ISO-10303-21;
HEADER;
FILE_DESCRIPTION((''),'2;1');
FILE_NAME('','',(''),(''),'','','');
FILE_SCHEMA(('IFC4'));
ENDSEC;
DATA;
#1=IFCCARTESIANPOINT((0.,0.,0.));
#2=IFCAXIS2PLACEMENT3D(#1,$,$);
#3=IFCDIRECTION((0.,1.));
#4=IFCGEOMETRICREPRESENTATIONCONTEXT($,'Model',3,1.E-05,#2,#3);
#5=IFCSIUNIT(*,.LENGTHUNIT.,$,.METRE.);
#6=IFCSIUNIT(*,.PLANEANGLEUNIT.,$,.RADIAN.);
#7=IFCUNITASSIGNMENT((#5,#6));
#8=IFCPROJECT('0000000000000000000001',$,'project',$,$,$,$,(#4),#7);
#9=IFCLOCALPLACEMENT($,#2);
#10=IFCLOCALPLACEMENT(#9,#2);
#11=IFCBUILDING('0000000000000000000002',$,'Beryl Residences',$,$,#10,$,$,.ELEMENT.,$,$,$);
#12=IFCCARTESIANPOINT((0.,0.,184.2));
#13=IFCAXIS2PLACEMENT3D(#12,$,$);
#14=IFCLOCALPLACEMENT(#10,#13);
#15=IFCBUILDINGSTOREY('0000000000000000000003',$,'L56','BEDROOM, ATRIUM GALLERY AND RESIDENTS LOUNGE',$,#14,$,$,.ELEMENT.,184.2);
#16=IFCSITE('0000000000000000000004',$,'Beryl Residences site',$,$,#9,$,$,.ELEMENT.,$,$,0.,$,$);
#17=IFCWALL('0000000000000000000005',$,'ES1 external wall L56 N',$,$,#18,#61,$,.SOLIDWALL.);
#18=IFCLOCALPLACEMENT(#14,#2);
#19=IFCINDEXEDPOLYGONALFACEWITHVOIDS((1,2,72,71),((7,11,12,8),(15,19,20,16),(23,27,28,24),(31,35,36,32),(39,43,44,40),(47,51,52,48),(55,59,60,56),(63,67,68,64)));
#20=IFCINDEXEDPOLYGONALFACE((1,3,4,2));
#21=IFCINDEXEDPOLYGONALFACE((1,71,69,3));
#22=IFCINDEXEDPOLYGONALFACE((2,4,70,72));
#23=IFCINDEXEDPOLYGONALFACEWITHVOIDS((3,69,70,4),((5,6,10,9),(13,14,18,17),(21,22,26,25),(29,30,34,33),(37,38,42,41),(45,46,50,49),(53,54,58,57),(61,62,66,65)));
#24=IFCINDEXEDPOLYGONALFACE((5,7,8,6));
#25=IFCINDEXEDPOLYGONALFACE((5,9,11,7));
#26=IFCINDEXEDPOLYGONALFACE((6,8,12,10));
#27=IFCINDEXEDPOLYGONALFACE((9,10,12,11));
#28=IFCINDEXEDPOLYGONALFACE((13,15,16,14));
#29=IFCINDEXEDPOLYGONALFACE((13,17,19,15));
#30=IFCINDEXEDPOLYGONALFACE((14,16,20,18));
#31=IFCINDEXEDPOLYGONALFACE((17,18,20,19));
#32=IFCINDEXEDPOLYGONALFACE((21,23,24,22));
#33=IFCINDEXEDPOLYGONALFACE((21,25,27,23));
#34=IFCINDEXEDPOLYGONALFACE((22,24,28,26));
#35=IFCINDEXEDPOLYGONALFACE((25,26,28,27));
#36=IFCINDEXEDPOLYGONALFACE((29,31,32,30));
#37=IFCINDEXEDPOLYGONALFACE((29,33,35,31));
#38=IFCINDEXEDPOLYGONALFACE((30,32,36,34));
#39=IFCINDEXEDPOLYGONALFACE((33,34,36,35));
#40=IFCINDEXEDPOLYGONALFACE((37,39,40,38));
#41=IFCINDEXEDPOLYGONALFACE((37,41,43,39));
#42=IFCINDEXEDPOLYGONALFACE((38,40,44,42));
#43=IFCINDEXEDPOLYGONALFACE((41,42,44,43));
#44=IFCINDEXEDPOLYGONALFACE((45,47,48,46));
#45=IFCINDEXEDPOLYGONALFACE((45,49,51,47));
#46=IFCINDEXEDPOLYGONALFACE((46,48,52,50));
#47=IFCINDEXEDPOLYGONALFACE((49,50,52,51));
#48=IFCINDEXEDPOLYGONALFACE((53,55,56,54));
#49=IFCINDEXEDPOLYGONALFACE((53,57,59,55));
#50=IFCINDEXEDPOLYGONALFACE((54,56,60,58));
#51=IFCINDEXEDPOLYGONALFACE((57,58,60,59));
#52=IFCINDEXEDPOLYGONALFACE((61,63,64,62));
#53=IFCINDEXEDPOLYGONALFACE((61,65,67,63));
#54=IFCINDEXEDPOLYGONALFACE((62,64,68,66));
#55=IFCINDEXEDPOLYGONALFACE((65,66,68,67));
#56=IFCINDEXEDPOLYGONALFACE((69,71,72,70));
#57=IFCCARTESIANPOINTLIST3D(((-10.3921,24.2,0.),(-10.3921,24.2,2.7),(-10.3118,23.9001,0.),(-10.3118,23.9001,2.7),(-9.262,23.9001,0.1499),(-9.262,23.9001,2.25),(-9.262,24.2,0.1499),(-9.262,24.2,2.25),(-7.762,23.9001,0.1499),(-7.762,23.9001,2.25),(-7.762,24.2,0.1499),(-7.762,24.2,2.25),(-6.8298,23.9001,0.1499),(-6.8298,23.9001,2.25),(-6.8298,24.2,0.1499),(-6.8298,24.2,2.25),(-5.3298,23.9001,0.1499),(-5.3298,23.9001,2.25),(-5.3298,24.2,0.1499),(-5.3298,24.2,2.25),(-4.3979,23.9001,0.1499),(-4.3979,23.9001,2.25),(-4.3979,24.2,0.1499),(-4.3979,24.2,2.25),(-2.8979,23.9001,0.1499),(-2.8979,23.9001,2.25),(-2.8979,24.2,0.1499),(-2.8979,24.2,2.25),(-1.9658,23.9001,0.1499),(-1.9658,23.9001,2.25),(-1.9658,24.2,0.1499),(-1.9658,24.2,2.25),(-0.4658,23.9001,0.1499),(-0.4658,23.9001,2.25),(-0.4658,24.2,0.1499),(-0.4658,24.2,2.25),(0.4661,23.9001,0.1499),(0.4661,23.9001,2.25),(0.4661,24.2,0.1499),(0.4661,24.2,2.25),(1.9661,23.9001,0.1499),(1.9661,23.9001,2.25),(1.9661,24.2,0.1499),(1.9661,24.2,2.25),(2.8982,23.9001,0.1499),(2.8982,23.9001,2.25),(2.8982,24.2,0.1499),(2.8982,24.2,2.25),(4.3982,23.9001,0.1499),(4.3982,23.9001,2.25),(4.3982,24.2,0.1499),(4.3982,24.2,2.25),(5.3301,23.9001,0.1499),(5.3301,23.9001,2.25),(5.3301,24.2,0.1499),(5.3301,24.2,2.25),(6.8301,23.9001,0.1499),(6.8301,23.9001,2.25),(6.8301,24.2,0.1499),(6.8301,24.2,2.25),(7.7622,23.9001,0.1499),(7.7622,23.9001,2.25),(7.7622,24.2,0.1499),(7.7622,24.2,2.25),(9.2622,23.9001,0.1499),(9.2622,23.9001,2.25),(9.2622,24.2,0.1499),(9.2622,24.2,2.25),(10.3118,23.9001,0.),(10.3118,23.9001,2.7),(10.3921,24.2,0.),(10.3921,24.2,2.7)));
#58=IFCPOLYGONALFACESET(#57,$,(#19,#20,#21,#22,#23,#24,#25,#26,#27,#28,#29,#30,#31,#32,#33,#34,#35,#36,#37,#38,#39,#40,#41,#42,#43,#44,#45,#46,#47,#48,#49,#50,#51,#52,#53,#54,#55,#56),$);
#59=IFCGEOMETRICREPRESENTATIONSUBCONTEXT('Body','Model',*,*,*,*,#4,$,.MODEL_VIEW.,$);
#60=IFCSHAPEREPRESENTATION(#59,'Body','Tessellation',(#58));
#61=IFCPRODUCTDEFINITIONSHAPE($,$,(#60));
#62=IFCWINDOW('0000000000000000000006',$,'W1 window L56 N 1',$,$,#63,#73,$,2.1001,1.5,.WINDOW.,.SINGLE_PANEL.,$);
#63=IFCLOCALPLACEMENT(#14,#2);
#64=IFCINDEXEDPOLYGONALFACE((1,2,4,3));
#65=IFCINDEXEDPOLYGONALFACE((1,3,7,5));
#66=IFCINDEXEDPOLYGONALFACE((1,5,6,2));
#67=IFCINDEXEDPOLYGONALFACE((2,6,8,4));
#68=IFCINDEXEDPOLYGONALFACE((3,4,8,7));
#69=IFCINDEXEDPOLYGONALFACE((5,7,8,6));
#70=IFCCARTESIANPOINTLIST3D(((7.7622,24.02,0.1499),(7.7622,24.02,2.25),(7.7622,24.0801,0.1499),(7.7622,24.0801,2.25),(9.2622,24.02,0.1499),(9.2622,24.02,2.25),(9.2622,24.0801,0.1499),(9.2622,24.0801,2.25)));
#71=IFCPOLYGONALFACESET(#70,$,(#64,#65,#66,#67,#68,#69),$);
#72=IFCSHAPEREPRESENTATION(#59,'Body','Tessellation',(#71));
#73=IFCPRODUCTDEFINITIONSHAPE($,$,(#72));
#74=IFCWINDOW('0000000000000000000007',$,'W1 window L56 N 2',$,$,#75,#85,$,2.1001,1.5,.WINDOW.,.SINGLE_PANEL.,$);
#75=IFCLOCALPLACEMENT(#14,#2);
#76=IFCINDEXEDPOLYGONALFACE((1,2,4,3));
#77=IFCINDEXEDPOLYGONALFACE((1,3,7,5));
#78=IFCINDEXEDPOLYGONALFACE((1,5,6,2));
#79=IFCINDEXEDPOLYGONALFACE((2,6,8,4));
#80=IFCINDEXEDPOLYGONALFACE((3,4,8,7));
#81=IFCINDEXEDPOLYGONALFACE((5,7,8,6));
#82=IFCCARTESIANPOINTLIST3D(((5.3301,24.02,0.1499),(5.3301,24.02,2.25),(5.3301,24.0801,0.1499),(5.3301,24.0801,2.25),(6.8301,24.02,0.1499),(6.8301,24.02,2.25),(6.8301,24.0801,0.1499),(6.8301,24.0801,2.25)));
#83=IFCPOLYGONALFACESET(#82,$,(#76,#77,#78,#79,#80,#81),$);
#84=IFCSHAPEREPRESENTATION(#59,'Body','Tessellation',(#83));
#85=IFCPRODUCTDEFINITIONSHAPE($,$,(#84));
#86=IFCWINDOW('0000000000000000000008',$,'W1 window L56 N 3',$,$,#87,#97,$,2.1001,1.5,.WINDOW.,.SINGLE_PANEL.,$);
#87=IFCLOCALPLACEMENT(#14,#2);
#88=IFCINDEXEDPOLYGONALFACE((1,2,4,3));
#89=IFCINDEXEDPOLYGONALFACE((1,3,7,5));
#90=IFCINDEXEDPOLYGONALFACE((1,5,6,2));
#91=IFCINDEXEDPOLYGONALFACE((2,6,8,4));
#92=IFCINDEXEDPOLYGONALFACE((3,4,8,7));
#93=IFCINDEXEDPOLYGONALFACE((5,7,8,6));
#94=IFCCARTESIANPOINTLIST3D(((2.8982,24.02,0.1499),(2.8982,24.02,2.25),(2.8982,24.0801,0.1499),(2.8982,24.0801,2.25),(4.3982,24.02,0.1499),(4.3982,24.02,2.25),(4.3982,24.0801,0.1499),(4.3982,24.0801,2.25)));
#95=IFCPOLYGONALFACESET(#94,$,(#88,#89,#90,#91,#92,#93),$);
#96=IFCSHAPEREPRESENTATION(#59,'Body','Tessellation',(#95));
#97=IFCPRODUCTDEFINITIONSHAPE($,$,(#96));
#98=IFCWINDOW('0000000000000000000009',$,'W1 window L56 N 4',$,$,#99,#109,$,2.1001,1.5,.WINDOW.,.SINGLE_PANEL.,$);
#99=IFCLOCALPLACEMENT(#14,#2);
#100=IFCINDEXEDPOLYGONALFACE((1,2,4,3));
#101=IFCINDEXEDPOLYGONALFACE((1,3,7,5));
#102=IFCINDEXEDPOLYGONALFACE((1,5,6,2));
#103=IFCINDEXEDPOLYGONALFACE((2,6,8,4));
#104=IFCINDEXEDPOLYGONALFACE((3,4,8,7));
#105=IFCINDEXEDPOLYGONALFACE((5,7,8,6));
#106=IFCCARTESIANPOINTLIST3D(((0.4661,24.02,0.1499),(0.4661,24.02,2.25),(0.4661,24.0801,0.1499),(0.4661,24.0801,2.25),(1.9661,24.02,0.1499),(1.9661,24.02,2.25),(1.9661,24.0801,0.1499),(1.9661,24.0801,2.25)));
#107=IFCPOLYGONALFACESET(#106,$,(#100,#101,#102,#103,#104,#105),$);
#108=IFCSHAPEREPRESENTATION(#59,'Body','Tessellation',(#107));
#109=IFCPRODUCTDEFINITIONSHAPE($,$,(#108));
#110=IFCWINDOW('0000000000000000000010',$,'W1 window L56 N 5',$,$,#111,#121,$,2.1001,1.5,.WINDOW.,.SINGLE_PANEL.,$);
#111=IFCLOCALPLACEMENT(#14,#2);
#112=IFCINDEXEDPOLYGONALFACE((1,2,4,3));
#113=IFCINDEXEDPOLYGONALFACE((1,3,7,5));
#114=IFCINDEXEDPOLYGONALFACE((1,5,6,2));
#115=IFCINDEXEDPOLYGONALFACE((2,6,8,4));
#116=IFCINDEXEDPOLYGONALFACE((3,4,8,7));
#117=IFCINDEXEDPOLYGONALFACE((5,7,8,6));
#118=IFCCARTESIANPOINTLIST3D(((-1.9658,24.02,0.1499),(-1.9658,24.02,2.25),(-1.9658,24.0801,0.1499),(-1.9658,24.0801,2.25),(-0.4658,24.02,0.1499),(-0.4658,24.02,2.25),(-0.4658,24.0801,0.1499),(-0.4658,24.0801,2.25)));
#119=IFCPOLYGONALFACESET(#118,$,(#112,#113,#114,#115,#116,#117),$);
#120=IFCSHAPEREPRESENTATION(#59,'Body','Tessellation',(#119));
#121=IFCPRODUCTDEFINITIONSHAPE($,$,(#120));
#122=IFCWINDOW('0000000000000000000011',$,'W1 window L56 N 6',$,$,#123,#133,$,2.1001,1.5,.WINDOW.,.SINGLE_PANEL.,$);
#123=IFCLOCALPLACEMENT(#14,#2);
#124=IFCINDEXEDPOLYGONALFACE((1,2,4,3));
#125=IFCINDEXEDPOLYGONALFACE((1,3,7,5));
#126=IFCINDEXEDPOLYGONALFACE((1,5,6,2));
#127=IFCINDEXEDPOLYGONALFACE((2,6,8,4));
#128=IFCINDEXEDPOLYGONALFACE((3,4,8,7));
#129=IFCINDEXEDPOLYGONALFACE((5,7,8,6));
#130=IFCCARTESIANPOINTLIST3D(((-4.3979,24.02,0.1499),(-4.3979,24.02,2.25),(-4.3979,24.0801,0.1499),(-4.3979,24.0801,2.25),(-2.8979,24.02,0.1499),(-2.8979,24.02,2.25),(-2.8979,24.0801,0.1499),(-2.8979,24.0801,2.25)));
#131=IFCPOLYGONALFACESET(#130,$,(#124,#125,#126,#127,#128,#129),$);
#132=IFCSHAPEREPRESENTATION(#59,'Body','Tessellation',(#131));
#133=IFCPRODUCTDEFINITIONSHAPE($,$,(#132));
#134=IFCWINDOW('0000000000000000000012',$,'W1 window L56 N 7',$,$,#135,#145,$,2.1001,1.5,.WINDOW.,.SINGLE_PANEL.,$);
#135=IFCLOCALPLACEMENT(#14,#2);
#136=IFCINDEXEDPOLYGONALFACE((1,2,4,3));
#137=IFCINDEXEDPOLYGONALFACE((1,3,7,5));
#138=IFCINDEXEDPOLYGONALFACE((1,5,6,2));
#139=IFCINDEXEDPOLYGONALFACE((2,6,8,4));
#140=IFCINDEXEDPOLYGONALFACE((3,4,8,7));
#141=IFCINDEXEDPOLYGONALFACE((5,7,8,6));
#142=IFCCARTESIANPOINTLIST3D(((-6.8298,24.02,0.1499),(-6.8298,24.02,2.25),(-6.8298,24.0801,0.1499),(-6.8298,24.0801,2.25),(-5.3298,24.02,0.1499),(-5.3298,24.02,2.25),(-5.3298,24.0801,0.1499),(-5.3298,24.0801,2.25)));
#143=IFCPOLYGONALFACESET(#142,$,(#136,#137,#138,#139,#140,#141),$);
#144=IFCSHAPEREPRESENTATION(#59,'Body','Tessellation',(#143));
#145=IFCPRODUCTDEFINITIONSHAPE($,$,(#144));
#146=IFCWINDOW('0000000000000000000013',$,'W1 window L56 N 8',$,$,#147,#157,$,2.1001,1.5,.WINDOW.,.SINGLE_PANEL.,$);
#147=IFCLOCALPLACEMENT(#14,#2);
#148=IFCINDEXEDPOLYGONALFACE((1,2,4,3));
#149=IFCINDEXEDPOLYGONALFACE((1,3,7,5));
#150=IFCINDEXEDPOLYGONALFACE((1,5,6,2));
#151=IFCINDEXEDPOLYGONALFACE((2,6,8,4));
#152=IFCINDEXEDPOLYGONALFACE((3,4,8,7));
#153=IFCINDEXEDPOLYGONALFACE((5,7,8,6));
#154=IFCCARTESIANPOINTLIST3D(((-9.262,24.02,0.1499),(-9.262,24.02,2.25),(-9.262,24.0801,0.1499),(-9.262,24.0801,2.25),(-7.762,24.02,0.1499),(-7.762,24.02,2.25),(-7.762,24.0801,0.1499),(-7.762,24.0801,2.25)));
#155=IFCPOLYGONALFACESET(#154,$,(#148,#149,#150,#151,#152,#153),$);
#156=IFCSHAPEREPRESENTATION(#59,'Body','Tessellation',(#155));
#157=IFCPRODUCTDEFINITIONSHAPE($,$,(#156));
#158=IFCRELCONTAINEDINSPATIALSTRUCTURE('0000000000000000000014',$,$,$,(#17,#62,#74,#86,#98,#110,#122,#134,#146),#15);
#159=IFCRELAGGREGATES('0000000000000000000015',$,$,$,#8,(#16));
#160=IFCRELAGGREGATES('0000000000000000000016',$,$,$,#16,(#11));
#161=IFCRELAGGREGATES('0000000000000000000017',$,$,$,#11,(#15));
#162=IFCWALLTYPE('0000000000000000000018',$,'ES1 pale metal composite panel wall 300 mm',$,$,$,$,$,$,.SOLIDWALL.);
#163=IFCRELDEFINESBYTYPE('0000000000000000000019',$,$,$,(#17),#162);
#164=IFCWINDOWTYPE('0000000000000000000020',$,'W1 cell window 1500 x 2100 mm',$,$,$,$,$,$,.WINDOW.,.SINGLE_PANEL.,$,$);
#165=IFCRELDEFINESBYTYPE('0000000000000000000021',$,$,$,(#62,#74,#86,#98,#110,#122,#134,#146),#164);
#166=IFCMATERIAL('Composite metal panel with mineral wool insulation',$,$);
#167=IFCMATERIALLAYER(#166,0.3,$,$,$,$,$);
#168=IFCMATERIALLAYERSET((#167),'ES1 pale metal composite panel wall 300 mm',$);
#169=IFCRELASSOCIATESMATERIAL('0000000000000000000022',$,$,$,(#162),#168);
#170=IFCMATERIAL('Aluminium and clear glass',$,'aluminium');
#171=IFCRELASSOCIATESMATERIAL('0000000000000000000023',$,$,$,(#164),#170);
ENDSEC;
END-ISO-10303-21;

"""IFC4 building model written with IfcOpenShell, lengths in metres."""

from ifc_helpers import new_model, si_unit, direction, frame, frame_2d, origin, place, context, subcontext, project, spatial, polyline, rectangle, outline, extrude, material, layer, layer_set, type_object, element, fill, save


model = new_model("IFC4")

# Units and contexts
model_context = context("Model", 3, precision=1e-05, world=origin(), true_north=direction((0.0, 1.0)))
body_context = subcontext(model_context, "Body", "Model", "MODEL_VIEW")
ifc_project = project(units=[si_unit("LENGTHUNIT", "METRE"), si_unit("PLANEANGLEUNIT", "RADIAN")], contexts=[model_context])

# Site, building, storey
site_placement = place(None, origin())
site = spatial("IfcSite", under=ifc_project, at=site_placement, Name="Beryl Residences site", CompositionType="ELEMENT", RefElevation=0.0)
building_placement = place(site_placement, origin())
building = spatial("IfcBuilding", under=site, at=building_placement, Name="Beryl Residences", CompositionType="ELEMENT")
storey_placement = place(building_placement, frame((0.0, 0.0, 184.2)))
storey = spatial("IfcBuildingStorey", under=building, at=storey_placement, Name="L56", Description="BEDROOM, ATRIUM GALLERY AND RESIDENTS LOUNGE", CompositionType="ELEMENT", Elevation=184.2)

# Wall, openings, windows
ifc_material_1 = material(Name="Composite metal panel with mineral wool insulation")
ifc_layer_1 = layer(ifc_material_1, 0.3)
ifc_layer_set_1 = layer_set([ifc_layer_1], Name="ES1 pale metal composite panel wall 300 mm")
wall_type_1 = type_object("IfcWallType", Name="ES1 pale metal composite panel wall 300 mm", PredefinedType="SOLIDWALL", material=ifc_layer_set_1)
wall_1_placement = place(storey_placement, frame((10.3921, 24.05, 0.0), z_axis=(0.0, 0.0, 1.0), x_axis=(-1.0, 0.0, 0.0)))
wall_1 = element("IfcWall", 1, at=wall_1_placement, inside=storey, type_object=wall_type_1, Name="ES1 external wall L56 N", PredefinedType="SOLIDWALL", context=body_context, shape_type="SweptSolid", body=[
    extrude(outline(polyline([(0.0, -0.1499), (20.7842, -0.1499), (20.7039, 0.1499), (0.0803, 0.1499), (0.0, -0.1499)])), origin(), (0.0, 0.0, 1.0), 2.7),
])
opening_1_placement = place(wall_1_placement, frame((1.1299, 0.0, 0.1499)))
opening_1 = element("IfcOpeningElement", 2, at=opening_1_placement, cuts=wall_1, PredefinedType="OPENING", context=body_context, shape_type="SweptSolid", body=[
    extrude(rectangle(XDim=1.5, YDim=2.1001, at=frame_2d((0.75, 1.05))), frame((0.0, 0.1599, 0.0), z_axis=(0.0, -1.0, 0.0), x_axis=(1.0, 0.0, 0.0)), (0.0, 0.0, 1.0), 0.3201),
])
opening_2_placement = place(wall_1_placement, frame((3.562, 0.0, 0.1499)))
opening_2 = element("IfcOpeningElement", 3, at=opening_2_placement, cuts=wall_1, PredefinedType="OPENING", context=body_context, shape_type="SweptSolid", body=[
    extrude(rectangle(XDim=1.5, YDim=2.1001, at=frame_2d((0.75, 1.05))), frame((0.0, 0.1599, 0.0), z_axis=(0.0, -1.0, 0.0), x_axis=(1.0, 0.0, 0.0)), (0.0, 0.0, 1.0), 0.3201),
])
opening_3_placement = place(wall_1_placement, frame((5.9939, 0.0, 0.1499)))
opening_3 = element("IfcOpeningElement", 4, at=opening_3_placement, cuts=wall_1, PredefinedType="OPENING", context=body_context, shape_type="SweptSolid", body=[
    extrude(rectangle(XDim=1.5, YDim=2.1001, at=frame_2d((0.75, 1.05))), frame((0.0, 0.1599, 0.0), z_axis=(0.0, -1.0, 0.0), x_axis=(1.0, 0.0, 0.0)), (0.0, 0.0, 1.0), 0.3201),
])
opening_4_placement = place(wall_1_placement, frame((8.426, 0.0, 0.1499)))
opening_4 = element("IfcOpeningElement", 5, at=opening_4_placement, cuts=wall_1, PredefinedType="OPENING", context=body_context, shape_type="SweptSolid", body=[
    extrude(rectangle(XDim=1.5, YDim=2.1001, at=frame_2d((0.75, 1.05))), frame((0.0, 0.1599, 0.0), z_axis=(0.0, -1.0, 0.0), x_axis=(1.0, 0.0, 0.0)), (0.0, 0.0, 1.0), 0.3201),
])
opening_5_placement = place(wall_1_placement, frame((10.8579, 0.0, 0.1499)))
opening_5 = element("IfcOpeningElement", 6, at=opening_5_placement, cuts=wall_1, PredefinedType="OPENING", context=body_context, shape_type="SweptSolid", body=[
    extrude(rectangle(XDim=1.5, YDim=2.1001, at=frame_2d((0.75, 1.05))), frame((0.0, 0.1599, 0.0), z_axis=(0.0, -1.0, 0.0), x_axis=(1.0, 0.0, 0.0)), (0.0, 0.0, 1.0), 0.3201),
])
opening_6_placement = place(wall_1_placement, frame((13.29, 0.0, 0.1499)))
opening_6 = element("IfcOpeningElement", 7, at=opening_6_placement, cuts=wall_1, PredefinedType="OPENING", context=body_context, shape_type="SweptSolid", body=[
    extrude(rectangle(XDim=1.5, YDim=2.1001, at=frame_2d((0.75, 1.05))), frame((0.0, 0.1599, 0.0), z_axis=(0.0, -1.0, 0.0), x_axis=(1.0, 0.0, 0.0)), (0.0, 0.0, 1.0), 0.3201),
])
opening_7_placement = place(wall_1_placement, frame((15.7219, 0.0, 0.1499)))
opening_7 = element("IfcOpeningElement", 8, at=opening_7_placement, cuts=wall_1, PredefinedType="OPENING", context=body_context, shape_type="SweptSolid", body=[
    extrude(rectangle(XDim=1.5, YDim=2.1001, at=frame_2d((0.75, 1.05))), frame((0.0, 0.1599, 0.0), z_axis=(0.0, -1.0, 0.0), x_axis=(1.0, 0.0, 0.0)), (0.0, 0.0, 1.0), 0.3201),
])
opening_8_placement = place(wall_1_placement, frame((18.1541, 0.0, 0.1499)))
opening_8 = element("IfcOpeningElement", 9, at=opening_8_placement, cuts=wall_1, PredefinedType="OPENING", context=body_context, shape_type="SweptSolid", body=[
    extrude(rectangle(XDim=1.5, YDim=2.1001, at=frame_2d((0.75, 1.05))), frame((0.0, 0.1599, 0.0), z_axis=(0.0, -1.0, 0.0), x_axis=(1.0, 0.0, 0.0)), (0.0, 0.0, 1.0), 0.3201),
])
ifc_material_2 = material(Name="Aluminium and clear glass", Category="aluminium")
window_type = type_object("IfcWindowType", Name="W1 cell window 1500 x 2100 mm", PartitioningType="SINGLE_PANEL", PredefinedType="WINDOW", material=ifc_material_2)
window_1_placement = place(opening_1_placement, origin())
window_1 = element("IfcWindow", 10, at=window_1_placement, inside=storey, type_object=window_type, Name="W1 window L56 N 1", OverallHeight=2.1001, OverallWidth=1.5, PartitioningType="SINGLE_PANEL", PredefinedType="WINDOW", context=body_context, shape_type="SweptSolid", body=[
    extrude(rectangle(XDim=1.5, YDim=2.1001, at=frame_2d((0.75, 1.05))), frame((0.0, 0.03, 0.0), z_axis=(0.0, -1.0, 0.0), x_axis=(1.0, 0.0, 0.0)), (0.0, 0.0, 1.0), 0.0601),
])
fill(opening_1, window_1)
window_2_placement = place(opening_2_placement, origin())
window_2 = element("IfcWindow", 11, at=window_2_placement, inside=storey, type_object=window_type, Name="W1 window L56 N 2", OverallHeight=2.1001, OverallWidth=1.5, PartitioningType="SINGLE_PANEL", PredefinedType="WINDOW", context=body_context, shape_type="SweptSolid", body=[
    extrude(rectangle(XDim=1.5, YDim=2.1001, at=frame_2d((0.75, 1.05))), frame((0.0, 0.03, 0.0), z_axis=(0.0, -1.0, 0.0), x_axis=(1.0, 0.0, 0.0)), (0.0, 0.0, 1.0), 0.0601),
])
fill(opening_2, window_2)
window_3_placement = place(opening_3_placement, origin())
window_3 = element("IfcWindow", 12, at=window_3_placement, inside=storey, type_object=window_type, Name="W1 window L56 N 3", OverallHeight=2.1001, OverallWidth=1.5, PartitioningType="SINGLE_PANEL", PredefinedType="WINDOW", context=body_context, shape_type="SweptSolid", body=[
    extrude(rectangle(XDim=1.5, YDim=2.1001, at=frame_2d((0.75, 1.05))), frame((0.0, 0.03, 0.0), z_axis=(0.0, -1.0, 0.0), x_axis=(1.0, 0.0, 0.0)), (0.0, 0.0, 1.0), 0.0601),
])
fill(opening_3, window_3)
window_4_placement = place(opening_4_placement, origin())
window_4 = element("IfcWindow", 13, at=window_4_placement, inside=storey, type_object=window_type, Name="W1 window L56 N 4", OverallHeight=2.1001, OverallWidth=1.5, PartitioningType="SINGLE_PANEL", PredefinedType="WINDOW", context=body_context, shape_type="SweptSolid", body=[
    extrude(rectangle(XDim=1.5, YDim=2.1001, at=frame_2d((0.75, 1.05))), frame((0.0, 0.03, 0.0), z_axis=(0.0, -1.0, 0.0), x_axis=(1.0, 0.0, 0.0)), (0.0, 0.0, 1.0), 0.0601),
])
fill(opening_4, window_4)
window_5_placement = place(opening_5_placement, origin())
window_5 = element("IfcWindow", 14, at=window_5_placement, inside=storey, type_object=window_type, Name="W1 window L56 N 5", OverallHeight=2.1001, OverallWidth=1.5, PartitioningType="SINGLE_PANEL", PredefinedType="WINDOW", context=body_context, shape_type="SweptSolid", body=[
    extrude(rectangle(XDim=1.5, YDim=2.1001, at=frame_2d((0.75, 1.05))), frame((0.0, 0.03, 0.0), z_axis=(0.0, -1.0, 0.0), x_axis=(1.0, 0.0, 0.0)), (0.0, 0.0, 1.0), 0.0601),
])
fill(opening_5, window_5)
window_6_placement = place(opening_6_placement, origin())
window_6 = element("IfcWindow", 15, at=window_6_placement, inside=storey, type_object=window_type, Name="W1 window L56 N 6", OverallHeight=2.1001, OverallWidth=1.5, PartitioningType="SINGLE_PANEL", PredefinedType="WINDOW", context=body_context, shape_type="SweptSolid", body=[
    extrude(rectangle(XDim=1.5, YDim=2.1001, at=frame_2d((0.75, 1.05))), frame((0.0, 0.03, 0.0), z_axis=(0.0, -1.0, 0.0), x_axis=(1.0, 0.0, 0.0)), (0.0, 0.0, 1.0), 0.0601),
])
fill(opening_6, window_6)
window_7_placement = place(opening_7_placement, origin())
window_7 = element("IfcWindow", 16, at=window_7_placement, inside=storey, type_object=window_type, Name="W1 window L56 N 7", OverallHeight=2.1001, OverallWidth=1.5, PartitioningType="SINGLE_PANEL", PredefinedType="WINDOW", context=body_context, shape_type="SweptSolid", body=[
    extrude(rectangle(XDim=1.5, YDim=2.1001, at=frame_2d((0.75, 1.05))), frame((0.0, 0.03, 0.0), z_axis=(0.0, -1.0, 0.0), x_axis=(1.0, 0.0, 0.0)), (0.0, 0.0, 1.0), 0.0601),
])
fill(opening_7, window_7)
window_8_placement = place(opening_8_placement, origin())
window_8 = element("IfcWindow", 17, at=window_8_placement, inside=storey, type_object=window_type, Name="W1 window L56 N 8", OverallHeight=2.1001, OverallWidth=1.5, PartitioningType="SINGLE_PANEL", PredefinedType="WINDOW", context=body_context, shape_type="SweptSolid", body=[
    extrude(rectangle(XDim=1.5, YDim=2.1001, at=frame_2d((0.75, 1.05))), frame((0.0, 0.03, 0.0), z_axis=(0.0, -1.0, 0.0), x_axis=(1.0, 0.0, 0.0)), (0.0, 0.0, 1.0), 0.0601),
])
fill(opening_8, window_8)

save(model, "model.ifc")
